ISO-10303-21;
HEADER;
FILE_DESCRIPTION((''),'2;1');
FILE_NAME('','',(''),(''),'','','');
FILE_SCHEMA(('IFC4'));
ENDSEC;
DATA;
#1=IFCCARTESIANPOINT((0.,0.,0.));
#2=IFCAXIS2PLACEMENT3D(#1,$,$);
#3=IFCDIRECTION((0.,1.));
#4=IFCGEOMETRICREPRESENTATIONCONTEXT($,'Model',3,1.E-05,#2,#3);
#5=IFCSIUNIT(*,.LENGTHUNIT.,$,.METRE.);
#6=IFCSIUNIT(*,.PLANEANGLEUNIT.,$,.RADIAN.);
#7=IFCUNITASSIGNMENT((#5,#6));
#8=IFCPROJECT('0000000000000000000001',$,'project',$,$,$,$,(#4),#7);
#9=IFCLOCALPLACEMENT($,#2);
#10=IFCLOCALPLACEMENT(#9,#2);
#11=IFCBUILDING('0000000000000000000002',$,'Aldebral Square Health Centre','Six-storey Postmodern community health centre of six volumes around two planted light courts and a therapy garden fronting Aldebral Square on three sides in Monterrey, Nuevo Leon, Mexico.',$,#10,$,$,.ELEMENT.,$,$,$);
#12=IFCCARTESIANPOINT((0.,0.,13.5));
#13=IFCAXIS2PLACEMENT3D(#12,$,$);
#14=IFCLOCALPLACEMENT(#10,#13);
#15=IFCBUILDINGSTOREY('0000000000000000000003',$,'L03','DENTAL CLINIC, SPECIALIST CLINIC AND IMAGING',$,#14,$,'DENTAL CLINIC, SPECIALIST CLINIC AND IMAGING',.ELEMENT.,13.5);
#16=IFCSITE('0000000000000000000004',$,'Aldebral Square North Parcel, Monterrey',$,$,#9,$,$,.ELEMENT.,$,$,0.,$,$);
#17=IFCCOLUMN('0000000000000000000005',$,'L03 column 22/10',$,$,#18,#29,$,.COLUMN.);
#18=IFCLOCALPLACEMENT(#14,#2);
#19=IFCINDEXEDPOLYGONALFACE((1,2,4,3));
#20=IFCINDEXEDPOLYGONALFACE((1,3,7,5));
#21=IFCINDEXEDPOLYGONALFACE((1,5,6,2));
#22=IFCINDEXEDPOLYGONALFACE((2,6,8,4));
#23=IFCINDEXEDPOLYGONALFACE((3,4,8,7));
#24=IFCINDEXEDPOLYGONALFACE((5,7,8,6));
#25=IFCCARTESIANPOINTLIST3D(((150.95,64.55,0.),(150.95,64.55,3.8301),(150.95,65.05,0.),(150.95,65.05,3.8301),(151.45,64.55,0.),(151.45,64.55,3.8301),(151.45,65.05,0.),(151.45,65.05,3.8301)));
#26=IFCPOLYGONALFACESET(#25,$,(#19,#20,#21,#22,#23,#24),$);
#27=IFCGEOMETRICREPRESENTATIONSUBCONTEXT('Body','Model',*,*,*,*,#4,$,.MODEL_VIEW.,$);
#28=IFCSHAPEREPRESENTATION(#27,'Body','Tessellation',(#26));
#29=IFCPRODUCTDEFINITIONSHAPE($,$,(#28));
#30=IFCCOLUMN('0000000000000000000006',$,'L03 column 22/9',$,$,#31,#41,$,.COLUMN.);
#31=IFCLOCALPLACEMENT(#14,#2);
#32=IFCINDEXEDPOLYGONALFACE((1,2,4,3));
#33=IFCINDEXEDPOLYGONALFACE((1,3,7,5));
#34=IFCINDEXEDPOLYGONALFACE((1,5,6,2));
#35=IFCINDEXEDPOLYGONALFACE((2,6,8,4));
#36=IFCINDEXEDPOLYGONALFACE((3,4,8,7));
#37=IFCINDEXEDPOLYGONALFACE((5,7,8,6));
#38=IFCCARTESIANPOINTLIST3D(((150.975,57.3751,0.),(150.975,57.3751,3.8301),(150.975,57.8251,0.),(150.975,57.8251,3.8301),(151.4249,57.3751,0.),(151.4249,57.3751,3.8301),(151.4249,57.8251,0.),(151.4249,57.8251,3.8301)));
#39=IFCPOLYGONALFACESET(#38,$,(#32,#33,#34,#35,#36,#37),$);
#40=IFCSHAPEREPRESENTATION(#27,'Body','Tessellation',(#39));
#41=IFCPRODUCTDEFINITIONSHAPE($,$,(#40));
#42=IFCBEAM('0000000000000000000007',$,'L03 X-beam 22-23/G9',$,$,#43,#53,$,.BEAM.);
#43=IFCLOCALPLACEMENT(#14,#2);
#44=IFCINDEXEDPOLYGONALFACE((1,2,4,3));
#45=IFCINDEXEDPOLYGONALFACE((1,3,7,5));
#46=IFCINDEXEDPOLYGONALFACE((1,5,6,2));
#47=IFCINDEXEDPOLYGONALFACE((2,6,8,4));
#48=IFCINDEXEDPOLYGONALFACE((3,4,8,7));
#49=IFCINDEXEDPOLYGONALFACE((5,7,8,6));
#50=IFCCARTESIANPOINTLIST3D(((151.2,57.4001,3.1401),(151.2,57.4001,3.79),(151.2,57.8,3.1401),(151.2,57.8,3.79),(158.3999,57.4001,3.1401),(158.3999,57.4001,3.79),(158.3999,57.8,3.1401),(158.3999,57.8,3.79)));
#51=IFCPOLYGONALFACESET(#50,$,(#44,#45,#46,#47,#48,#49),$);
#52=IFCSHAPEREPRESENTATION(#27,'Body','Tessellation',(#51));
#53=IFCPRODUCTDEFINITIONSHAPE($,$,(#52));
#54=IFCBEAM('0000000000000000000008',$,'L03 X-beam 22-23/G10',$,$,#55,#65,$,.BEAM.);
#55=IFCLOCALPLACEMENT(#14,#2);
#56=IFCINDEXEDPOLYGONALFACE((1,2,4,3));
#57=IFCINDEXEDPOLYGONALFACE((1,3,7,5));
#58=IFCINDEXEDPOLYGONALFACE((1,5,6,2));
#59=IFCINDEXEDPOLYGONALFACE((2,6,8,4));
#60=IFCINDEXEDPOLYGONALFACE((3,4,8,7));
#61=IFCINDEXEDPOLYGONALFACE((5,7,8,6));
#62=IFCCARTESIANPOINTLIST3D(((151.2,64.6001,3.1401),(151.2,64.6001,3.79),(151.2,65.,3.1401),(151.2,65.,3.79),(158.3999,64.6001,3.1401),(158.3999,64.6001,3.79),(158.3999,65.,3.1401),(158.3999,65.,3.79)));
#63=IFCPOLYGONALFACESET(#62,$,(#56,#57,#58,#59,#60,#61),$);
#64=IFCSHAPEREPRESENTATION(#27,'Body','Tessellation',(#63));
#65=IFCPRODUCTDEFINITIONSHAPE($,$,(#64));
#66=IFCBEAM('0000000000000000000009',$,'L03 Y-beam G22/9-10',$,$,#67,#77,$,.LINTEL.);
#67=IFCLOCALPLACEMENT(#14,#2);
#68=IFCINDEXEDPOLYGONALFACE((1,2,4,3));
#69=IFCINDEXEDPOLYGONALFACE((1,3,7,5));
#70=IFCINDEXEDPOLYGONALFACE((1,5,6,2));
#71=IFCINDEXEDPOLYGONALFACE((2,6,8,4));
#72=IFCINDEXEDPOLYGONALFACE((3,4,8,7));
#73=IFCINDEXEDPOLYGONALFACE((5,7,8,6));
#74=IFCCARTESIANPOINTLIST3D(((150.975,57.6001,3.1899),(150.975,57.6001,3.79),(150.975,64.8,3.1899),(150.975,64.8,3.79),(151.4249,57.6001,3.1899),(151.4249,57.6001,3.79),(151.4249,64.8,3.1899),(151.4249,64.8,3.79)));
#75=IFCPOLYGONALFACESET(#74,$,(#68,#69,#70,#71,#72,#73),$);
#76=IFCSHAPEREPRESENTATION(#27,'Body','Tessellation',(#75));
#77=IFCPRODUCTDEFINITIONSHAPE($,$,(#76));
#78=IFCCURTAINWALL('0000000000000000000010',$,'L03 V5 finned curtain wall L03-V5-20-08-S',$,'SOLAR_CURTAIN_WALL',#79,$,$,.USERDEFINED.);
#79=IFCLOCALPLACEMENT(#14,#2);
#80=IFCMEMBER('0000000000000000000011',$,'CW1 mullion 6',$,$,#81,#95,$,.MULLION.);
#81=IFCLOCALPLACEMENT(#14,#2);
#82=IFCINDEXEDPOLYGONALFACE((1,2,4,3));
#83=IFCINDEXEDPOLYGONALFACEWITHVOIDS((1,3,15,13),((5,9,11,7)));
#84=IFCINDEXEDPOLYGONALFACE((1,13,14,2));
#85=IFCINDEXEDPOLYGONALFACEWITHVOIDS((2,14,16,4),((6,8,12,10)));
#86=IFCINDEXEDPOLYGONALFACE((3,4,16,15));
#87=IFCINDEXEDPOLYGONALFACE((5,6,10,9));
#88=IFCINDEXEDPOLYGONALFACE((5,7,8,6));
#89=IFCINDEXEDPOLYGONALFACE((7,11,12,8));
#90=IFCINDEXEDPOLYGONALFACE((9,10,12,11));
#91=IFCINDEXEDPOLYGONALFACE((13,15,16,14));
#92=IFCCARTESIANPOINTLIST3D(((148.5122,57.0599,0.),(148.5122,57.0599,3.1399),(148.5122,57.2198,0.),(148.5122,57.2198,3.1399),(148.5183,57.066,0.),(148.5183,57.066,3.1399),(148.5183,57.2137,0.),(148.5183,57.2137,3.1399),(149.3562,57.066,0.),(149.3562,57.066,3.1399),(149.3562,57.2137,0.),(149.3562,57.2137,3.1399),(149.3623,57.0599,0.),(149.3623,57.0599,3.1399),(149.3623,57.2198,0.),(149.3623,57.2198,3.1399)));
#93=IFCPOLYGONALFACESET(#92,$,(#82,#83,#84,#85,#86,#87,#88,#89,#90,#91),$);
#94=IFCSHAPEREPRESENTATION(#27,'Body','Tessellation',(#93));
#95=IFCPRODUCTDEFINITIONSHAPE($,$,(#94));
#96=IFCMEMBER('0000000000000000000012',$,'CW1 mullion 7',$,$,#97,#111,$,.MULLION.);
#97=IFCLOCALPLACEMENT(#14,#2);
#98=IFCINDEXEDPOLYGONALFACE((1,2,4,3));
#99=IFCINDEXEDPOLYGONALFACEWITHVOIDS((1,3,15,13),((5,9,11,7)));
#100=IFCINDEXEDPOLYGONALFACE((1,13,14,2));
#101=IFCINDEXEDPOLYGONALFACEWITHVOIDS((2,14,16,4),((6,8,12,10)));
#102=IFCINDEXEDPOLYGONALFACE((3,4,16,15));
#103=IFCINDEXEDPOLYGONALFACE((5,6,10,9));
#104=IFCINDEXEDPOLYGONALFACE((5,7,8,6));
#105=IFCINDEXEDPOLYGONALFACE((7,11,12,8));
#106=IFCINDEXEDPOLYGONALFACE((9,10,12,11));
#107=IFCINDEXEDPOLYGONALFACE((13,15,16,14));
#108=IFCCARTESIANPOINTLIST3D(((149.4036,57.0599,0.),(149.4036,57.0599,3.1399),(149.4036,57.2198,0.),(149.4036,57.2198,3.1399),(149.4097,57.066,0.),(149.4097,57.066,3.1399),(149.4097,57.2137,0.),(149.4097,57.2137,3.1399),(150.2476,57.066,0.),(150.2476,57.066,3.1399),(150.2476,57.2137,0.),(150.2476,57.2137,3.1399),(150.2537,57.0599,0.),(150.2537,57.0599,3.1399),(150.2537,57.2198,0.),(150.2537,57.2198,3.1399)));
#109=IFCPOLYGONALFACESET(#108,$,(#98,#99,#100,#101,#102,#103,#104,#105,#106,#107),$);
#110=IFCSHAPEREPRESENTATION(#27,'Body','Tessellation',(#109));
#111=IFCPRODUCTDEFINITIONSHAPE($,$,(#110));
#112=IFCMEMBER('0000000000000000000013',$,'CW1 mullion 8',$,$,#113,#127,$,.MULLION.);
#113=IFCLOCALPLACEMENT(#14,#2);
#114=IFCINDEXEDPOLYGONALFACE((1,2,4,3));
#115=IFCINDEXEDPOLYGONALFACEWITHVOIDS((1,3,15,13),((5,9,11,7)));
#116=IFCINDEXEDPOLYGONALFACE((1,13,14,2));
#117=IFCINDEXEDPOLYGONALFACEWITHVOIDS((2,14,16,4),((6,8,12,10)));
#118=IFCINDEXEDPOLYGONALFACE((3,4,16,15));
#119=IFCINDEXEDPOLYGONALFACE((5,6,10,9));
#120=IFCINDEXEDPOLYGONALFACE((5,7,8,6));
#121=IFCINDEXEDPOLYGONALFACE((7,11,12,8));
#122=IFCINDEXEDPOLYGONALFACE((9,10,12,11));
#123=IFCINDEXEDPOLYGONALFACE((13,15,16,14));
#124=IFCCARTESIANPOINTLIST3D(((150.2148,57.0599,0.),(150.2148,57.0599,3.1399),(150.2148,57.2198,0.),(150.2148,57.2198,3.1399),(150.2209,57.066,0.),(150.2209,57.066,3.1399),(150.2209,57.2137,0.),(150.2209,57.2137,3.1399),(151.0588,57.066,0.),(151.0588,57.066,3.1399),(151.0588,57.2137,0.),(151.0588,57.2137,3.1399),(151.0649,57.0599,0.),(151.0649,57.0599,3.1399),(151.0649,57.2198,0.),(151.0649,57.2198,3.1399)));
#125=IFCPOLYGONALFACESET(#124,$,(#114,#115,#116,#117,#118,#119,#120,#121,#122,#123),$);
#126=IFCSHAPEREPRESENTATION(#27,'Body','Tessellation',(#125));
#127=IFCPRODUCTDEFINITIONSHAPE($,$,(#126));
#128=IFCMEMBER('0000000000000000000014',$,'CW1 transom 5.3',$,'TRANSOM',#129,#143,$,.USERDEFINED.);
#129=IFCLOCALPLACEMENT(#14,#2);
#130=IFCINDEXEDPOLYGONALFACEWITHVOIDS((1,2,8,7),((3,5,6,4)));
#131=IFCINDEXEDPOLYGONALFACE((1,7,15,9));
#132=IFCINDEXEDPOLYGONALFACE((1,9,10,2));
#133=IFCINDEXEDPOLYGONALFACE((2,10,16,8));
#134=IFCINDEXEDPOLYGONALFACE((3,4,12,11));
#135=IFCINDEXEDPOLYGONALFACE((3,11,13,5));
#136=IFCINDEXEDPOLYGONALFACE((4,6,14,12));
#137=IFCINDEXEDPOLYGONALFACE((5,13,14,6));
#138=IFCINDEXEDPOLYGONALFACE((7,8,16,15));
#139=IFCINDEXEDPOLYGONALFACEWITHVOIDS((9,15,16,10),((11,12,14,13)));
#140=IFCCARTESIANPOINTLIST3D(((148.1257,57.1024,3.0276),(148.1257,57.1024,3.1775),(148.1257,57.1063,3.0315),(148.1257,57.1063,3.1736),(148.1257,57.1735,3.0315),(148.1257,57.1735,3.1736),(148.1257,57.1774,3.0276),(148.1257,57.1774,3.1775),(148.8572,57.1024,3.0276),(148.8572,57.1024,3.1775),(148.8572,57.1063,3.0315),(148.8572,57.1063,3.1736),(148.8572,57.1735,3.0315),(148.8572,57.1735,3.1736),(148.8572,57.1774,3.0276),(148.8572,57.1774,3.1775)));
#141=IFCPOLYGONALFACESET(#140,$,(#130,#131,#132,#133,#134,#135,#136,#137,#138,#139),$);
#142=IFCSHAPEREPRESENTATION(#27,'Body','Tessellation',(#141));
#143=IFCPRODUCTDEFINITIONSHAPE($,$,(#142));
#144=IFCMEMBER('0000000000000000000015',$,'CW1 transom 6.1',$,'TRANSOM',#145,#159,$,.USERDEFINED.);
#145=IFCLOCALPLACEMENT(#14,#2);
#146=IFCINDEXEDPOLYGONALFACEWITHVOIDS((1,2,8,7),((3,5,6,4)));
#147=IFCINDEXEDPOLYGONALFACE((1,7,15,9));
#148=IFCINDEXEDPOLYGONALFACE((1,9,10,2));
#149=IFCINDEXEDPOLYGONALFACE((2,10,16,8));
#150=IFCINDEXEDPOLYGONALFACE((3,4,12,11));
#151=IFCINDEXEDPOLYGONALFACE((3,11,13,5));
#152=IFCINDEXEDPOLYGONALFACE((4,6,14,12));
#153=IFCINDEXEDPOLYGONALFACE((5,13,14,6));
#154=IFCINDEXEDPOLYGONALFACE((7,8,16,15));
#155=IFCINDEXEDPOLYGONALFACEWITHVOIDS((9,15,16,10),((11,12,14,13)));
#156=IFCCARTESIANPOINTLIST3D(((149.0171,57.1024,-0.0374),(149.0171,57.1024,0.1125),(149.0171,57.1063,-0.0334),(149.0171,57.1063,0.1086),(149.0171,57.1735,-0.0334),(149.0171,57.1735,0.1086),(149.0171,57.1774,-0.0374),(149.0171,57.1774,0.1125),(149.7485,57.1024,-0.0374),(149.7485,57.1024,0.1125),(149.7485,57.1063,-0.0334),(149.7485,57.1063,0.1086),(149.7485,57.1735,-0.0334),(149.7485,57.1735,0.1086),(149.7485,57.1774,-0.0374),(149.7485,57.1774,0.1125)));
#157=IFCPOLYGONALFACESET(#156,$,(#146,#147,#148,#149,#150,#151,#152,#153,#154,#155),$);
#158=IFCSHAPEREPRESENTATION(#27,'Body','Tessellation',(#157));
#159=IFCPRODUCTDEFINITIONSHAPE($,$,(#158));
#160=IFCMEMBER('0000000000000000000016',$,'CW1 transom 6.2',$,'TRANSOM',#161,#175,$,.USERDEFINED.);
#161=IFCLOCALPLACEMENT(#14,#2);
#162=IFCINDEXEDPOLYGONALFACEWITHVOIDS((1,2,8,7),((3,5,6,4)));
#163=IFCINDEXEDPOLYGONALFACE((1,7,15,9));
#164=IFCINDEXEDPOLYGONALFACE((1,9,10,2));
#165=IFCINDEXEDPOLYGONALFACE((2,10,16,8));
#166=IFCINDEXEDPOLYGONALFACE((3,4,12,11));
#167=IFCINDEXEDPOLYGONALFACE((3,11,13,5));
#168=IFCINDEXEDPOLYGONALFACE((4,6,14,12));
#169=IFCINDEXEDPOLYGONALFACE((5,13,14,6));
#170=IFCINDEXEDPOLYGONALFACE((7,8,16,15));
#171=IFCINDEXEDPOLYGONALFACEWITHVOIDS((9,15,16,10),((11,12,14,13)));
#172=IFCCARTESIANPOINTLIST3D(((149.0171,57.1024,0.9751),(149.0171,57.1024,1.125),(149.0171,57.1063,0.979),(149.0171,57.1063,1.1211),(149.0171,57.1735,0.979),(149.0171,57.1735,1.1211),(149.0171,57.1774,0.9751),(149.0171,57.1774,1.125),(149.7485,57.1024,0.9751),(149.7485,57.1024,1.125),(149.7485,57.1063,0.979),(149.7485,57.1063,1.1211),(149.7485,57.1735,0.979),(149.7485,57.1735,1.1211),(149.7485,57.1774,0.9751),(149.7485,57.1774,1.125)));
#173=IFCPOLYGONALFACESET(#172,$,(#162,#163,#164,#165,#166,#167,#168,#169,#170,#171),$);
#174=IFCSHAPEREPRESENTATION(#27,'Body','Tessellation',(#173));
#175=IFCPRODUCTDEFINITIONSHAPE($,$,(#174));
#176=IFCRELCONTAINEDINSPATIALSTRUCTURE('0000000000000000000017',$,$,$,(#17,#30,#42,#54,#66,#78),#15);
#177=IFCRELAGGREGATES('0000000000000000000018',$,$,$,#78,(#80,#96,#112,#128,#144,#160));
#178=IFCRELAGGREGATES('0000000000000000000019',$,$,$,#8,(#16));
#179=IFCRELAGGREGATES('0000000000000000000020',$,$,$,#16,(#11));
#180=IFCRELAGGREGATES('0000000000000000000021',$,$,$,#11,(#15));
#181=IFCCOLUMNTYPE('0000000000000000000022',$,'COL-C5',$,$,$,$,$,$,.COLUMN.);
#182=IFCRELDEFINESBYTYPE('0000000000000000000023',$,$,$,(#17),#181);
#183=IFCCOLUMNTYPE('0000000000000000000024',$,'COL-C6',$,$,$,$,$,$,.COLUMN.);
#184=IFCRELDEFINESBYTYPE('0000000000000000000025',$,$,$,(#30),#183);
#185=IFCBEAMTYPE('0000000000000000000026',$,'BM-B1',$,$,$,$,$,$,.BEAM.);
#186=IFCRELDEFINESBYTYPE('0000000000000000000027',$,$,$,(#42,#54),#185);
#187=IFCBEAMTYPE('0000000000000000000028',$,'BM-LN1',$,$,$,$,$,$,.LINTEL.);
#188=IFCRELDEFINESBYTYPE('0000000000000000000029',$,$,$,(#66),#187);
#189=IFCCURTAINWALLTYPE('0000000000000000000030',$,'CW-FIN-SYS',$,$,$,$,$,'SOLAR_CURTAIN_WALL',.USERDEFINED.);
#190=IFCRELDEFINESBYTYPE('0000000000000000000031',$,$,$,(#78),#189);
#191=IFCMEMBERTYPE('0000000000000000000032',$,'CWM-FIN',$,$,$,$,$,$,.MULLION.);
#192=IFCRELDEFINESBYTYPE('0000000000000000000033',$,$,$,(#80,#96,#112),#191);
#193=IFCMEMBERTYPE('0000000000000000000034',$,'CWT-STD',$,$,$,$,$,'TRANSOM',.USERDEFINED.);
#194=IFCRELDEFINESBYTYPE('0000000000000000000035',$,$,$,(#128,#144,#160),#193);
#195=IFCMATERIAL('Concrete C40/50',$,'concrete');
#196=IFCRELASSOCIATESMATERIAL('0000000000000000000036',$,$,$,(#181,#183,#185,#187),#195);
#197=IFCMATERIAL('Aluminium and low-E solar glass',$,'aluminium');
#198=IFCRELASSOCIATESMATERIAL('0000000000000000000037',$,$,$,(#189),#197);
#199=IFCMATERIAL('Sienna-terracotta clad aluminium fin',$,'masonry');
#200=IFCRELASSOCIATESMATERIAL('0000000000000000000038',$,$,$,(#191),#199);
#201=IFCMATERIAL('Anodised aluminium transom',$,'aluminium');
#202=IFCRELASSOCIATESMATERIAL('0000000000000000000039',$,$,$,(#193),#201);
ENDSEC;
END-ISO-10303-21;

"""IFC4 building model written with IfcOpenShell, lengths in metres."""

from ifc_helpers import new_model, si_unit, direction, frame, origin, origin_2d, place, context, subcontext, project, spatial, rectangle, hollow_rectangle, extrude, material, material_profile, profile_set, type_object, element, aggregate, save


model = new_model("IFC4")

# Units and contexts
model_context = context("Model", 3, precision=1e-05, world=origin(), true_north=direction((0.0, 1.0)))
body_context = subcontext(model_context, "Body", "Model", "MODEL_VIEW")
ifc_project = project(units=[si_unit("LENGTHUNIT", "METRE"), si_unit("PLANEANGLEUNIT", "RADIAN")], contexts=[model_context])

# Site, building, storey
site_placement = place(None, origin())
site = spatial("IfcSite", under=ifc_project, at=site_placement, Name="Aldebral Square North Parcel, Monterrey", CompositionType="ELEMENT", RefElevation=0.0)
building_placement = place(site_placement, origin())
building = spatial("IfcBuilding", under=site, at=building_placement, Name="Aldebral Square Health Centre", Description="Six-storey Postmodern community health centre of six volumes around two planted light courts and a therapy garden fronting Aldebral Square on three sides in Monterrey, Nuevo Leon, Mexico.", CompositionType="ELEMENT")
storey_placement = place(building_placement, frame((0.0, 0.0, 13.5)))
storey = spatial("IfcBuildingStorey", under=building, at=storey_placement, Name="L03", Description="DENTAL CLINIC, SPECIALIST CLINIC AND IMAGING", LongName="DENTAL CLINIC, SPECIALIST CLINIC AND IMAGING", CompositionType="ELEMENT", Elevation=13.5)

# Columns
ifc_material_1 = material(Name="Concrete C40/50", Category="concrete")
ifc_material_profile_1 = material_profile(ifc_material_1, rectangle(XDim=0.5, YDim=0.5, at=origin_2d()), Name="RC 500x500")
ifc_profile_set_1 = profile_set([ifc_material_profile_1], Name="Concrete C40/50")
column_type_1 = type_object("IfcColumnType", Name="COL-C5", PredefinedType="COLUMN", material=ifc_profile_set_1)
column_1_placement = place(storey_placement, frame((151.2, 64.8, 0.0), z_axis=(0.0, 0.0, 1.0), x_axis=(1.0, 0.0, 0.0)))
element("IfcColumn", 1, at=column_1_placement, inside=storey, type_object=column_type_1, Name="L03 column 22/10", PredefinedType="COLUMN", context=body_context, shape_type="SweptSolid", body=[
    extrude(rectangle(XDim=0.5, YDim=0.5, at=origin_2d()), origin(), (0.0, 0.0, 1.0), 3.8301),
])
ifc_material_profile_2 = material_profile(ifc_material_1, rectangle(XDim=0.45, YDim=0.45, at=origin_2d()), Name="RC 450x450")
ifc_profile_set_2 = profile_set([ifc_material_profile_2], Name="Concrete C40/50")
column_type_2 = type_object("IfcColumnType", Name="COL-C6", PredefinedType="COLUMN", material=ifc_profile_set_2)
column_2_placement = place(storey_placement, frame((151.2, 57.6001, 0.0), z_axis=(0.0, 0.0, 1.0), x_axis=(1.0, 0.0, 0.0)))
element("IfcColumn", 2, at=column_2_placement, inside=storey, type_object=column_type_2, Name="L03 column 22/9", PredefinedType="COLUMN", context=body_context, shape_type="SweptSolid", body=[
    extrude(rectangle(XDim=0.45, YDim=0.45, at=origin_2d()), origin(), (0.0, 0.0, 1.0), 3.8301),
])

# Beams
ifc_material_profile_3 = material_profile(ifc_material_1, rectangle(XDim=0.3999, YDim=0.6499, at=origin_2d()), Name="RC 400x650")
ifc_profile_set_3 = profile_set([ifc_material_profile_3], Name="Concrete C40/50")
beam_type_1 = type_object("IfcBeamType", Name="BM-B1", PredefinedType="BEAM", material=ifc_profile_set_3)
for number, where, z_axis, x_axis, name in (
    (3, (151.2, 57.6001, 3.4651), (1.0, 0.0, 0.0), (0.0, 1.0, 0.0), "L03 X-beam 22-23/G9"),
    (4, (151.2, 64.8, 3.4651), (1.0, 0.0, 0.0), (0.0, 1.0, 0.0), "L03 X-beam 22-23/G10"),
):
    element("IfcBeam", number, at=place(storey_placement, frame(where, z_axis=z_axis, x_axis=x_axis)), inside=storey, type_object=beam_type_1, Name=name, PredefinedType="BEAM", context=body_context, shape_type="SweptSolid", body=[
        extrude(rectangle(XDim=0.3999, YDim=0.6499, at=origin_2d()), origin(), (0.0, 0.0, 1.0), 7.2),
    ])
ifc_material_profile_4 = material_profile(ifc_material_1, rectangle(XDim=0.45, YDim=0.6001, at=origin_2d()), Name="RC 450x600")
ifc_profile_set_4 = profile_set([ifc_material_profile_4], Name="Concrete C40/50")
beam_type_2 = type_object("IfcBeamType", Name="BM-LN1", PredefinedType="LINTEL", material=ifc_profile_set_4)
beam_placement = place(storey_placement, frame((151.2, 57.6001, 3.49), z_axis=(0.0, 1.0, 0.0), x_axis=(-1.0, 0.0, 0.0)))
element("IfcBeam", 5, at=beam_placement, inside=storey, type_object=beam_type_2, Name="L03 Y-beam G22/9-10", PredefinedType="LINTEL", context=body_context, shape_type="SweptSolid", body=[
    extrude(rectangle(XDim=0.45, YDim=0.6001, at=origin_2d()), origin(), (0.0, 0.0, 1.0), 7.2),
])

# Curtain wall, members
ifc_material_2 = material(Name="Aluminium and low-E solar glass", Category="aluminium")
curtain_wall_type = type_object("IfcCurtainWallType", Name="CW-FIN-SYS", ElementType="SOLAR_CURTAIN_WALL", PredefinedType="USERDEFINED", material=ifc_material_2)
curtain_wall_placement = place(storey_placement, origin())
curtain_wall = element("IfcCurtainWall", 6, at=curtain_wall_placement, inside=storey, type_object=curtain_wall_type, Name="L03 V5 finned curtain wall L03-V5-20-08-S", ObjectType="SOLAR_CURTAIN_WALL", PredefinedType="USERDEFINED")
ifc_material_3 = material(Name="Sienna-terracotta clad aluminium fin", Category="masonry")
ifc_material_profile_5 = material_profile(ifc_material_3, hollow_rectangle(XDim=0.1599, YDim=0.8501, WallThickness=0.0061, at=origin_2d()), Name="FIN 160x850x6")
ifc_profile_set_5 = profile_set([ifc_material_profile_5], Name="Sienna-terracotta clad aluminium fin")
member_type_1 = type_object("IfcMemberType", Name="CWM-FIN", PredefinedType="MULLION", material=ifc_profile_set_5)
member_1_placement = place(storey_placement, frame((148.9373, 57.1399, 0.0), z_axis=(0.0, 0.0, 1.0), x_axis=(0.0, 1.0, 0.0)))
member_1 = element("IfcMember", 7, at=member_1_placement, type_object=member_type_1, Name="CW1 mullion 6", PredefinedType="MULLION", context=body_context, shape_type="SweptSolid", body=[
    extrude(hollow_rectangle(XDim=0.1599, YDim=0.8501, WallThickness=0.0061, at=origin_2d()), origin(), (0.0, 0.0, 1.0), 3.1399),
])
member_2_placement = place(storey_placement, frame((149.8286, 57.1399, 0.0), z_axis=(0.0, 0.0, 1.0), x_axis=(0.0, 1.0, 0.0)))
member_2 = element("IfcMember", 8, at=member_2_placement, type_object=member_type_1, Name="CW1 mullion 7", PredefinedType="MULLION", context=body_context, shape_type="SweptSolid", body=[
    extrude(hollow_rectangle(XDim=0.1599, YDim=0.8501, WallThickness=0.0061, at=origin_2d()), origin(), (0.0, 0.0, 1.0), 3.1399),
])
member_3_placement = place(storey_placement, frame((150.6399, 57.1399, 0.0), z_axis=(0.0, 0.0, 1.0), x_axis=(0.0, 1.0, 0.0)))
member_3 = element("IfcMember", 9, at=member_3_placement, type_object=member_type_1, Name="CW1 mullion 8", PredefinedType="MULLION", context=body_context, shape_type="SweptSolid", body=[
    extrude(hollow_rectangle(XDim=0.1599, YDim=0.8501, WallThickness=0.0061, at=origin_2d()), origin(), (0.0, 0.0, 1.0), 3.1399),
])
ifc_material_4 = material(Name="Anodised aluminium transom", Category="aluminium")
ifc_material_profile_6 = material_profile(ifc_material_4, hollow_rectangle(XDim=0.075, YDim=0.1499, WallThickness=0.0039, at=origin_2d()), Name="CWT 75x150x4")
ifc_profile_set_6 = profile_set([ifc_material_profile_6], Name="Anodised aluminium transom")
member_type_2 = type_object("IfcMemberType", Name="CWT-STD", ElementType="TRANSOM", PredefinedType="USERDEFINED", material=ifc_profile_set_6)
member_4_placement = place(storey_placement, frame((148.1257, 57.1399, 3.1025), z_axis=(1.0, 0.0, 0.0), x_axis=(0.0, 1.0, 0.0)))
member_4 = element("IfcMember", 10, at=member_4_placement, type_object=member_type_2, Name="CW1 transom 5.3", ObjectType="TRANSOM", PredefinedType="USERDEFINED", context=body_context, shape_type="SweptSolid", body=[
    extrude(hollow_rectangle(XDim=0.075, YDim=0.1499, WallThickness=0.0039, at=origin_2d()), origin(), (0.0, 0.0, 1.0), 0.7314),
])
member_5_placement = place(storey_placement, frame((149.0171, 57.1399, 0.0376), z_axis=(1.0, 0.0, 0.0), x_axis=(0.0, 1.0, 0.0)))
member_5 = element("IfcMember", 11, at=member_5_placement, type_object=member_type_2, Name="CW1 transom 6.1", ObjectType="TRANSOM", PredefinedType="USERDEFINED", context=body_context, shape_type="SweptSolid", body=[
    extrude(hollow_rectangle(XDim=0.075, YDim=0.1499, WallThickness=0.0039, at=origin_2d()), origin(), (0.0, 0.0, 1.0), 0.7314),
])
member_6_placement = place(storey_placement, frame((149.0171, 57.1399, 1.05), z_axis=(1.0, 0.0, 0.0), x_axis=(0.0, 1.0, 0.0)))
member_6 = element("IfcMember", 12, at=member_6_placement, type_object=member_type_2, Name="CW1 transom 6.2", ObjectType="TRANSOM", PredefinedType="USERDEFINED", context=body_context, shape_type="SweptSolid", body=[
    extrude(hollow_rectangle(XDim=0.075, YDim=0.1499, WallThickness=0.0039, at=origin_2d()), origin(), (0.0, 0.0, 1.0), 0.7314),
])
aggregate(curtain_wall, [member_1, member_2, member_3, member_4, member_5, member_6])

save(model, "model.ifc")
